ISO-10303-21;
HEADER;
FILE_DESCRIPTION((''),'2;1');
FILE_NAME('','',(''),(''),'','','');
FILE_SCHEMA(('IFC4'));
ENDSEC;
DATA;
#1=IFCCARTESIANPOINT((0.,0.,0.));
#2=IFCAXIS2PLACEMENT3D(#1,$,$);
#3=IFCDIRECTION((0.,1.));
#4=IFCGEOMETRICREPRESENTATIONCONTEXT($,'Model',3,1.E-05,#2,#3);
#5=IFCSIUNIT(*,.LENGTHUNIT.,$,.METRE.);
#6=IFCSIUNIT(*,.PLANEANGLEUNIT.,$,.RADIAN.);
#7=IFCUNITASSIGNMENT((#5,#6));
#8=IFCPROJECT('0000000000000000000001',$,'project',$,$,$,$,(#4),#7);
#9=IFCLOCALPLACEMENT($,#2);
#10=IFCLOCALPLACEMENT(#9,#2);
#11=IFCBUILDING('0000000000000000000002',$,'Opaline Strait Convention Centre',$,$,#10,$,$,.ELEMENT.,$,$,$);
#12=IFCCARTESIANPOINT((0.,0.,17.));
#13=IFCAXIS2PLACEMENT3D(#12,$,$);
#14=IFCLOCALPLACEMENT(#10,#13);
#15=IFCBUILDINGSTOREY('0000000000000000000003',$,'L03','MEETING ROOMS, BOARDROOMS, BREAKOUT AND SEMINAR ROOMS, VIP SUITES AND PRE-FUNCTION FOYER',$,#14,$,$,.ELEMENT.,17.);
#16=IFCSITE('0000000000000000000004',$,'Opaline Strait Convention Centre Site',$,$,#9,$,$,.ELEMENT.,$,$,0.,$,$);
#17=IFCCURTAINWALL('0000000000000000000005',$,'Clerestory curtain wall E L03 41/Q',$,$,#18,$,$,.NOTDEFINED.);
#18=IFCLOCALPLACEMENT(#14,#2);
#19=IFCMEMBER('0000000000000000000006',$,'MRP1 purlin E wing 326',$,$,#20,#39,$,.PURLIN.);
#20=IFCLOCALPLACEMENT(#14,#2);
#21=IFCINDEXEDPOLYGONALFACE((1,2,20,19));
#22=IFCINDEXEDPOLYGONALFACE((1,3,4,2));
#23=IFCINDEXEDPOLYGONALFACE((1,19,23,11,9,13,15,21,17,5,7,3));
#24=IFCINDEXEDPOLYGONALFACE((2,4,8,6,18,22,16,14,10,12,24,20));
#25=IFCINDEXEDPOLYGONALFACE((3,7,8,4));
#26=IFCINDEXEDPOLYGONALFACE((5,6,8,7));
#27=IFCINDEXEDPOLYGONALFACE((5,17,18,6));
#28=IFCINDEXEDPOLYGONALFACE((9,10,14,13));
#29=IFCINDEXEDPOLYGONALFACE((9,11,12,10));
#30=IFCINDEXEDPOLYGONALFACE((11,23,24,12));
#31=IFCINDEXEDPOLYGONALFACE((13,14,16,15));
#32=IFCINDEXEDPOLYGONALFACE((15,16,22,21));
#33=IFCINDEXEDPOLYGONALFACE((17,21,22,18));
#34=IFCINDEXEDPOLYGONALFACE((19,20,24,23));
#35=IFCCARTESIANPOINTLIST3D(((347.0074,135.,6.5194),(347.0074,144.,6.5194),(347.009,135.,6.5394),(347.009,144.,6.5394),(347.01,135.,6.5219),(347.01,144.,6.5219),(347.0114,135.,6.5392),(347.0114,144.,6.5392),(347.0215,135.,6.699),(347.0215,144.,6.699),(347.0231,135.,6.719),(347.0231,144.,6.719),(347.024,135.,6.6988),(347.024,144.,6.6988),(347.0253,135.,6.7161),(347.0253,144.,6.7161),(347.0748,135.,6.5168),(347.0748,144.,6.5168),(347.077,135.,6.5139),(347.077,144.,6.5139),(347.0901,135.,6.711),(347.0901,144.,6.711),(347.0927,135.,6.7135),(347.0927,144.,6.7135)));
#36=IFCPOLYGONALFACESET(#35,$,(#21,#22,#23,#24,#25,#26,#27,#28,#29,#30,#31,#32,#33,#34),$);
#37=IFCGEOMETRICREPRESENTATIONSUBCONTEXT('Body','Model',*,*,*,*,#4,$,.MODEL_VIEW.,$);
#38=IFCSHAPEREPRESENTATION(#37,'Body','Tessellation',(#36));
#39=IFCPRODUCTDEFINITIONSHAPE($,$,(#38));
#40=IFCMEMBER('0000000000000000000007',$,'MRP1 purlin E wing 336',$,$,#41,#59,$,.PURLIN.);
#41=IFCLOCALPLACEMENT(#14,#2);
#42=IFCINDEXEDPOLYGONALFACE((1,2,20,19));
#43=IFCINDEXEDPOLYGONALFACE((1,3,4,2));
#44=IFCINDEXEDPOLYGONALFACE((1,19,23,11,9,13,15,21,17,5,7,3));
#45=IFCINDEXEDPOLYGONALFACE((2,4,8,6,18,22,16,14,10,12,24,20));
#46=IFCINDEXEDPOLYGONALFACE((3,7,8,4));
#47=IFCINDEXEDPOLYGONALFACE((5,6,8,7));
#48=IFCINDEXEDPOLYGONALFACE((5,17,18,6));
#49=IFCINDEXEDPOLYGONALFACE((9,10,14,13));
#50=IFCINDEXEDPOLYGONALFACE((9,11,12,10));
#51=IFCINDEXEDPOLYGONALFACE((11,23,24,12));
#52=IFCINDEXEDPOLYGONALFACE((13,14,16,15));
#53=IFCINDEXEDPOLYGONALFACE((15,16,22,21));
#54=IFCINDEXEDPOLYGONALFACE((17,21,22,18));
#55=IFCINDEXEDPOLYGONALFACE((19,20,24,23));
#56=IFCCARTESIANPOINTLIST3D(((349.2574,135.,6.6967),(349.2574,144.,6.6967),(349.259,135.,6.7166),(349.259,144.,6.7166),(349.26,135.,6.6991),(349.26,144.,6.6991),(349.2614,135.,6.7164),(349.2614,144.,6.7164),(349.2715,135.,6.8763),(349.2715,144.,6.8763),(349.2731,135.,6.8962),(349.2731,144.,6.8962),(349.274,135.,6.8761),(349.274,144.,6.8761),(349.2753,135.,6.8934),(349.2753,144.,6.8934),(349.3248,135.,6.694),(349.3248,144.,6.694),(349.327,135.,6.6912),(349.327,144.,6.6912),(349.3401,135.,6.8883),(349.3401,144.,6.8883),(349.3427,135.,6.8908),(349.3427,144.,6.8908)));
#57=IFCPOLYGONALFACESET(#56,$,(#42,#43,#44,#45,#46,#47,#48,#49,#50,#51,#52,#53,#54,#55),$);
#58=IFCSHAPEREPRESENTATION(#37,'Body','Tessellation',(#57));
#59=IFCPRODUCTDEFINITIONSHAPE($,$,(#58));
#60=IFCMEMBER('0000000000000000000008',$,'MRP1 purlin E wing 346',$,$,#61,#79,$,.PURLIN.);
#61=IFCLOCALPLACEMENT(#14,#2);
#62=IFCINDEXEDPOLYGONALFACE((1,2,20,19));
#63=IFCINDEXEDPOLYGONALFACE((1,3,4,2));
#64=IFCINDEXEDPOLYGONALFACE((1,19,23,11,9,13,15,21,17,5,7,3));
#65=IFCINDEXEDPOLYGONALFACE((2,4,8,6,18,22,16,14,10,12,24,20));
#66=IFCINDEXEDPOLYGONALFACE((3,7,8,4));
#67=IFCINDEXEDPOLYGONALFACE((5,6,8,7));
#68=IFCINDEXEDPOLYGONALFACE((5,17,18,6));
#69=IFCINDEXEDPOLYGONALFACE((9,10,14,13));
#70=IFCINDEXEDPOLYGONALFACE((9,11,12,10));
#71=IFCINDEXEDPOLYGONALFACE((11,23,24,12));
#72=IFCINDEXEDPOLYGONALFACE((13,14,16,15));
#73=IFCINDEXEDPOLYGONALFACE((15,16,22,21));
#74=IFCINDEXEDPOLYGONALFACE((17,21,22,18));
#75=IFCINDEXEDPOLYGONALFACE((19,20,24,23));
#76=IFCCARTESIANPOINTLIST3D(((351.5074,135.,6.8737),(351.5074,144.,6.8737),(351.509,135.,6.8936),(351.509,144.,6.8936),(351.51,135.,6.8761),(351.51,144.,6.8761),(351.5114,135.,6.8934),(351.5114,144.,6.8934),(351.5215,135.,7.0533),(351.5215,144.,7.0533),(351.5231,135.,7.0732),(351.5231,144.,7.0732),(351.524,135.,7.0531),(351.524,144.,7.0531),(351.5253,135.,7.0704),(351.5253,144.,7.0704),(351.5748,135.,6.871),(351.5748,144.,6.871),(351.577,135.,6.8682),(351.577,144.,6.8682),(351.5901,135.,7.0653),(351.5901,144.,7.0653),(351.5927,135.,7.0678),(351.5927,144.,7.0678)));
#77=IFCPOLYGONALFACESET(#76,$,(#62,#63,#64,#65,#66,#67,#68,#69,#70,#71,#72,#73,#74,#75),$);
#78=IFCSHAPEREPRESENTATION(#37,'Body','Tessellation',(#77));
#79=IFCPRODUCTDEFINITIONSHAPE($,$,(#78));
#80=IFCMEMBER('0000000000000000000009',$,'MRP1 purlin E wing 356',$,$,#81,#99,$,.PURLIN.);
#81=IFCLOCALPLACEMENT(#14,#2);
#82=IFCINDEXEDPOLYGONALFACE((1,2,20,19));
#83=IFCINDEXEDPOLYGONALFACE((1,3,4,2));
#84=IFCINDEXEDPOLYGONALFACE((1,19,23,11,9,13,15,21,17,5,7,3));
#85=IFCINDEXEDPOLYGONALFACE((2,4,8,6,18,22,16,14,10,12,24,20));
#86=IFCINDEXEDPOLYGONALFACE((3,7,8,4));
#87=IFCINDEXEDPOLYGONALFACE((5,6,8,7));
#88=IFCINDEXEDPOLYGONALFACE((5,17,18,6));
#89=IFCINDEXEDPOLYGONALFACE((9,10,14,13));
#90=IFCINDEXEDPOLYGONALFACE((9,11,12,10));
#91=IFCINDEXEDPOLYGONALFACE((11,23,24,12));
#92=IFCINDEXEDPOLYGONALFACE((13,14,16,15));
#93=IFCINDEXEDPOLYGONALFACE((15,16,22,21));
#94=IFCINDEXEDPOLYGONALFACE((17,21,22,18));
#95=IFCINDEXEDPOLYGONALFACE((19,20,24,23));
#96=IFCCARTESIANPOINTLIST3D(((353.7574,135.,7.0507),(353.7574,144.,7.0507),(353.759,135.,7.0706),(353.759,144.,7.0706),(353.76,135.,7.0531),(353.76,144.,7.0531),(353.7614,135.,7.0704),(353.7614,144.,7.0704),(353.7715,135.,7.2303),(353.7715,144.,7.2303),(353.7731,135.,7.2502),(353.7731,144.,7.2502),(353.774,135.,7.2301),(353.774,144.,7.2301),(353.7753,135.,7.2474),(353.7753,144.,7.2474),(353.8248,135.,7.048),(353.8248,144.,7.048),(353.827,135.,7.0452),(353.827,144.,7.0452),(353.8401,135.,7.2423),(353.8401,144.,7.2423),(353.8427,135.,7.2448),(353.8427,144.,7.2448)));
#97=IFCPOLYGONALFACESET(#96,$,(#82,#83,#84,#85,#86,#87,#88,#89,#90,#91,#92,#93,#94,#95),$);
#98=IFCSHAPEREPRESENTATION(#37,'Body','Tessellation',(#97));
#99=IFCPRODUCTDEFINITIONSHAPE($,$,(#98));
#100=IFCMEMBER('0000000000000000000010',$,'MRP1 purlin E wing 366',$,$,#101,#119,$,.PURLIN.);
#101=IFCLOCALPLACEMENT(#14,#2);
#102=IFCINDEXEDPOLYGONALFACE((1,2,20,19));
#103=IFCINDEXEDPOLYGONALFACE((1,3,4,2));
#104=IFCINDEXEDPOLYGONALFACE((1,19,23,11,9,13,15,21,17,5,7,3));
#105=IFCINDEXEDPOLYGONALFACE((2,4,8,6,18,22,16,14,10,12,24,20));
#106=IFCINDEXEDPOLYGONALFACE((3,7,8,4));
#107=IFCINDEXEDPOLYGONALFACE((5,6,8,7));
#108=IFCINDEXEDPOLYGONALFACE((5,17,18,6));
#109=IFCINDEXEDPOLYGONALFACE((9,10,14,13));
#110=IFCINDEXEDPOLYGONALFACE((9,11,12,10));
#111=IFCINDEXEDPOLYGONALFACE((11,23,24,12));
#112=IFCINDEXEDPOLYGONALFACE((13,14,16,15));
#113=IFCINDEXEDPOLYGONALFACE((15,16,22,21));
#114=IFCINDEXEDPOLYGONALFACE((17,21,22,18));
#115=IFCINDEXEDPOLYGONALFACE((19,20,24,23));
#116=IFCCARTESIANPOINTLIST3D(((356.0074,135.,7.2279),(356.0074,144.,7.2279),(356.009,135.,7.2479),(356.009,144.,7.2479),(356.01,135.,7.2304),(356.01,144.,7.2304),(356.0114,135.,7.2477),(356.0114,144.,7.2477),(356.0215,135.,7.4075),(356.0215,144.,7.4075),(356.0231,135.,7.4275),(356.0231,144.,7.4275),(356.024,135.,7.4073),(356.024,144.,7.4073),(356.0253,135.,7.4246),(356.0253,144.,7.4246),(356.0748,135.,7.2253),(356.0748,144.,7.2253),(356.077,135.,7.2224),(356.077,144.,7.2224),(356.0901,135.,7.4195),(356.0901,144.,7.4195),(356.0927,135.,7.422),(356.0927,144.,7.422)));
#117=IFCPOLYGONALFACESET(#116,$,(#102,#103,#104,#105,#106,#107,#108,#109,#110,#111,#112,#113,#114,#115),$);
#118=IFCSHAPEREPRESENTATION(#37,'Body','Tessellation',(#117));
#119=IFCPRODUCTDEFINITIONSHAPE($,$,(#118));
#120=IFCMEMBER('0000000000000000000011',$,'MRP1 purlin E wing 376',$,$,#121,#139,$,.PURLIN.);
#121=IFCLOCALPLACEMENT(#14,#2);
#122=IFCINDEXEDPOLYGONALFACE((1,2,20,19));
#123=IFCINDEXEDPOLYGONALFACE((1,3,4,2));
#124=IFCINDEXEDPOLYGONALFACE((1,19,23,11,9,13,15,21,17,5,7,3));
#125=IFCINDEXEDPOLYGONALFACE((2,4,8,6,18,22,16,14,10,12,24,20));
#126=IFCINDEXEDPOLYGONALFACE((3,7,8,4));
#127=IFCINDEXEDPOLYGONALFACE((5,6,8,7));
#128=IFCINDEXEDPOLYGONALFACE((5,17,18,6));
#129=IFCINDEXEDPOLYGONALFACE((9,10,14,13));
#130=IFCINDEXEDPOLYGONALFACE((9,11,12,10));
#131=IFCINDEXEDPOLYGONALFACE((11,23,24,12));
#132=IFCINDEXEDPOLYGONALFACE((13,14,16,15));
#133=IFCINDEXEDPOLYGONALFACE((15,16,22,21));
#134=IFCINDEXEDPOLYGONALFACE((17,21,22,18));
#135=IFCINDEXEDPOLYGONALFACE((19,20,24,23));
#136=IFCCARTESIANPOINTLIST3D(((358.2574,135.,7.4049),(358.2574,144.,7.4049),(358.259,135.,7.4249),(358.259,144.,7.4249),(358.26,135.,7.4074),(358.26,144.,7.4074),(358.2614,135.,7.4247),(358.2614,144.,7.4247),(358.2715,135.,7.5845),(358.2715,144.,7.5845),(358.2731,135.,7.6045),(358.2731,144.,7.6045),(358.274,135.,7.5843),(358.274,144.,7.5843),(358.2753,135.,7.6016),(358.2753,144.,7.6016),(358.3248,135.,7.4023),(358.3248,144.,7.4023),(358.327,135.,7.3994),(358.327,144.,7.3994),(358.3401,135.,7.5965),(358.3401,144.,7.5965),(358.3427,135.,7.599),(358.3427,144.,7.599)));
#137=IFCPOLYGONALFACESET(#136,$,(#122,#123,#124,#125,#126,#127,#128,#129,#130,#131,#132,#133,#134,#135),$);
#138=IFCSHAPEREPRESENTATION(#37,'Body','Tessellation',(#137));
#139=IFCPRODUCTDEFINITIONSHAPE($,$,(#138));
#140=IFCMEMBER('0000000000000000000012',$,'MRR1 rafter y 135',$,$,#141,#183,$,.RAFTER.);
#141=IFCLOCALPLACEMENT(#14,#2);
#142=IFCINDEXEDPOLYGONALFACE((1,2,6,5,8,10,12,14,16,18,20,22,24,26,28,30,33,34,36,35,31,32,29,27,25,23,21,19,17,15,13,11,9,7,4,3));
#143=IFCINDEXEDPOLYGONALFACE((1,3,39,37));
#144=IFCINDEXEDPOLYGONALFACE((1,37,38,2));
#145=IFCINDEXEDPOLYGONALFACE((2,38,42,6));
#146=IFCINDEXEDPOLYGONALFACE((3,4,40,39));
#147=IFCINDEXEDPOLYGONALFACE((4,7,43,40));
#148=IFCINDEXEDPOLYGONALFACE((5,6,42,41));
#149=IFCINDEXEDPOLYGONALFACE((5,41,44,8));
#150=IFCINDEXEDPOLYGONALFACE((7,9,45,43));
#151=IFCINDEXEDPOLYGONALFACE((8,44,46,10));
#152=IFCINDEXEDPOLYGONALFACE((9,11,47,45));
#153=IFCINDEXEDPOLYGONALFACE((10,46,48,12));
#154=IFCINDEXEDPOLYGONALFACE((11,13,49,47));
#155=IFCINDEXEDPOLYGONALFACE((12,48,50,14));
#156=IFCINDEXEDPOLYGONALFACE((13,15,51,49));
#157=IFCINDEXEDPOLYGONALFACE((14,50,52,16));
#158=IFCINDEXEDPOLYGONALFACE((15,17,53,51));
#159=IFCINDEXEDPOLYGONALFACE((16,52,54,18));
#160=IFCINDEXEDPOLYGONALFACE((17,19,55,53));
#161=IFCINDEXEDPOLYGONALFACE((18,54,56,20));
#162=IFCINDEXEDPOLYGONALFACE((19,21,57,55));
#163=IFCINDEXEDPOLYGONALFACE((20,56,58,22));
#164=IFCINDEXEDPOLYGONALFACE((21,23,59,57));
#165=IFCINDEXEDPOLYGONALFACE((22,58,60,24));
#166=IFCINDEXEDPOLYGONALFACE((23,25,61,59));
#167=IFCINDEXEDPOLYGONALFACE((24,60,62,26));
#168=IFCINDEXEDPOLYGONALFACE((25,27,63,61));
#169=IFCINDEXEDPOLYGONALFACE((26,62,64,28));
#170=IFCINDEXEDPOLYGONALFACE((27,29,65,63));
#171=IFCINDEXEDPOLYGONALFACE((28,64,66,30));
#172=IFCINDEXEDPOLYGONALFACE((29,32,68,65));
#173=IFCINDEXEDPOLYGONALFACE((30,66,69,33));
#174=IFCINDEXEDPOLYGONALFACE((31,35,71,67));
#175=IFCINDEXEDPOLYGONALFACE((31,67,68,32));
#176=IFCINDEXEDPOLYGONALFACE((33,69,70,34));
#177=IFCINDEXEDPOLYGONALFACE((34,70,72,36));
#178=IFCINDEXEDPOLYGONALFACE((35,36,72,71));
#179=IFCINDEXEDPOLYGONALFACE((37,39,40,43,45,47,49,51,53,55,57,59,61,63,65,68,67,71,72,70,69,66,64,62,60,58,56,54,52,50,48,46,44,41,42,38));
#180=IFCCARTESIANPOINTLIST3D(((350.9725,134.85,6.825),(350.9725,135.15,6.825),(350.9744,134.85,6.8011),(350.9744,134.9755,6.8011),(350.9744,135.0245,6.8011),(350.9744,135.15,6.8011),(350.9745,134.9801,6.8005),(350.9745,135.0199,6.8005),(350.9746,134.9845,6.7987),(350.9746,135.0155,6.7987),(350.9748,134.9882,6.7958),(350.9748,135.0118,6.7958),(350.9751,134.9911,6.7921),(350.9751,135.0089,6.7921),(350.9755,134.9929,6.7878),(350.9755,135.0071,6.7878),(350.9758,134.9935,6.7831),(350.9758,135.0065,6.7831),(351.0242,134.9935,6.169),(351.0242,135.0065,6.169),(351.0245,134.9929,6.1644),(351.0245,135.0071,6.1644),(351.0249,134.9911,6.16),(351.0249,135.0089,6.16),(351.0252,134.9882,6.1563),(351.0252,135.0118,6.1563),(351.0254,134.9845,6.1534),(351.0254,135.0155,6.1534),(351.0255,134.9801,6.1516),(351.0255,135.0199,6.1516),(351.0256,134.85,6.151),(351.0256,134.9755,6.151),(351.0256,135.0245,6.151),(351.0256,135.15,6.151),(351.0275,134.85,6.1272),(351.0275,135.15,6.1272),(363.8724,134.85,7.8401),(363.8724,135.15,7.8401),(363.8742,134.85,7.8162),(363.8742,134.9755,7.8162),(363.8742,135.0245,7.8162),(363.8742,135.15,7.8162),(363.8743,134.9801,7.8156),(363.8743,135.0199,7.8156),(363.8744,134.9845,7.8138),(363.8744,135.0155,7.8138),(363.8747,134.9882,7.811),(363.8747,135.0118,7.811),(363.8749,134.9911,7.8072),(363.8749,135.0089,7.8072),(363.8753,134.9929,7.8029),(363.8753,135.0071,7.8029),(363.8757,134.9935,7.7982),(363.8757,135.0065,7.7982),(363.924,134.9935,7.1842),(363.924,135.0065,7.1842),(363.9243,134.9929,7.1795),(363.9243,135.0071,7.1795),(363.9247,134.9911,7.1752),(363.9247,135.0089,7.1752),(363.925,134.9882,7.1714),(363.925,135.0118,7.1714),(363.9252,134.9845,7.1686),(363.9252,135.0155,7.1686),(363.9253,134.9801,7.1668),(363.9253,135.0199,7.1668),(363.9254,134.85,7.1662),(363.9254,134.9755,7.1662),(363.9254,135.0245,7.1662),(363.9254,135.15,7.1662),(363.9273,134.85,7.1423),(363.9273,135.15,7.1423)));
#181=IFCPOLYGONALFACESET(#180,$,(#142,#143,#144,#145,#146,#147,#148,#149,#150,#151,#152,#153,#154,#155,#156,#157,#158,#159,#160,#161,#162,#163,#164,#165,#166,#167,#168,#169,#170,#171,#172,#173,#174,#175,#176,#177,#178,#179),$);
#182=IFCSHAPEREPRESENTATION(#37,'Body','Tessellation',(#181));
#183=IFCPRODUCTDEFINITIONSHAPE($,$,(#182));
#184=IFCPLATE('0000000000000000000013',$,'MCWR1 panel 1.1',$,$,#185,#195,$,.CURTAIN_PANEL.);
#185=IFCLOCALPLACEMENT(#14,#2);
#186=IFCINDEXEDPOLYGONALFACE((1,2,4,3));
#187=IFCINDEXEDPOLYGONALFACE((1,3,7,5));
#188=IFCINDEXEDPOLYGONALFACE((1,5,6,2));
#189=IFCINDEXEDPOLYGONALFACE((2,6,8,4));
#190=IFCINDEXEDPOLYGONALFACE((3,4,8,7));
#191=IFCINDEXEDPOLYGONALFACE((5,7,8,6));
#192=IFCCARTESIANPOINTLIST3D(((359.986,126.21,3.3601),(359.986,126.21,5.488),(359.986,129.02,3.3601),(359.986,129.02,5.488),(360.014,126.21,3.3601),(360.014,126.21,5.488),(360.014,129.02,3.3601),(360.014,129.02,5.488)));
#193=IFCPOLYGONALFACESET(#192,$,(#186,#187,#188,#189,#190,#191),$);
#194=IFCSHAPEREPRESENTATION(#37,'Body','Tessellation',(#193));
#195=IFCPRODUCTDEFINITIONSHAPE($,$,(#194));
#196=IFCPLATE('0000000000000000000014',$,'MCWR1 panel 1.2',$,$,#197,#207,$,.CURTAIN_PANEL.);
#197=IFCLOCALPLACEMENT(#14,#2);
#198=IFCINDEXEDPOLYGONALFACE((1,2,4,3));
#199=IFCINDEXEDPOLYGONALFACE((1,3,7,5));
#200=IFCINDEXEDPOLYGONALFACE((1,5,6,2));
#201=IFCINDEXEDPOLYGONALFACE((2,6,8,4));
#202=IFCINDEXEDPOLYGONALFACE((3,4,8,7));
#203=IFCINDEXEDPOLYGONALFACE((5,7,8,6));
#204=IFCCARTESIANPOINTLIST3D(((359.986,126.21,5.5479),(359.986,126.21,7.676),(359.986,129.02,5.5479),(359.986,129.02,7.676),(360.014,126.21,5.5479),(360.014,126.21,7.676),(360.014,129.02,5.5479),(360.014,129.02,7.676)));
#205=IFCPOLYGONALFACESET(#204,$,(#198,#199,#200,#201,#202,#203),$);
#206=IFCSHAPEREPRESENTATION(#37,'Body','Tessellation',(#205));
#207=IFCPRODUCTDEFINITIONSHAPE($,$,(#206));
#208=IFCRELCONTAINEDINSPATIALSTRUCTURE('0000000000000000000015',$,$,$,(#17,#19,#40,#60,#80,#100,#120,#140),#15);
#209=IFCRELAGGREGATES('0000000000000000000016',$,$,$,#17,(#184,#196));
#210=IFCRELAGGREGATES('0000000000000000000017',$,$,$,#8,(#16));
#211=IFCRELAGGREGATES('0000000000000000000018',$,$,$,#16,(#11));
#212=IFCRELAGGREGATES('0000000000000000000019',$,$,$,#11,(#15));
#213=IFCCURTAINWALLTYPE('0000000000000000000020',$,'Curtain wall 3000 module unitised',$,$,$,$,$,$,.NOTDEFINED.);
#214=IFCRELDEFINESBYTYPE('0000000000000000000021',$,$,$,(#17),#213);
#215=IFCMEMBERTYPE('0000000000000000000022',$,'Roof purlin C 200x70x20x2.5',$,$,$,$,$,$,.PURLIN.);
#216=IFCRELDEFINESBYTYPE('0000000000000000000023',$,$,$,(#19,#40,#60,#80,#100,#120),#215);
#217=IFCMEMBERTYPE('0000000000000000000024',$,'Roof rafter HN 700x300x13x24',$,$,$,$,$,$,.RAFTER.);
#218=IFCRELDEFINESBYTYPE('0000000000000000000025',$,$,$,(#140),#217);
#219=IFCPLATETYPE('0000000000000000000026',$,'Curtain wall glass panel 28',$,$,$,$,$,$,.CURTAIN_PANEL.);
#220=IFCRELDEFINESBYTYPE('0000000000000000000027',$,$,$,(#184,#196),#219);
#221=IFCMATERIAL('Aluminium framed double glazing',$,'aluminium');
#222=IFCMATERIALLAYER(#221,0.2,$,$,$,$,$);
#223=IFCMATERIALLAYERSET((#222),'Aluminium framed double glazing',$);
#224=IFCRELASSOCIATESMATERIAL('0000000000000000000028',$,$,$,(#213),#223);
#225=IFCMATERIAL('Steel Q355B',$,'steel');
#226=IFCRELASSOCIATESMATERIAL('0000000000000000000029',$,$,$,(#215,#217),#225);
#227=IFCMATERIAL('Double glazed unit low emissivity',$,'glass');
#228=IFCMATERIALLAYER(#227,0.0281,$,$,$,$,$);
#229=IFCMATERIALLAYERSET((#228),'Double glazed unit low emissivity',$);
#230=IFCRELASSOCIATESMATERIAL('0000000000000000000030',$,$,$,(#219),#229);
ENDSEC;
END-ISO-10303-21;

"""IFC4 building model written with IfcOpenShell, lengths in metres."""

from ifc_helpers import new_model, si_unit, direction, frame, origin, origin_2d, place, context, subcontext, project, spatial, polyline, rectangle, i_section, outline, extrude, material, layer, layer_set, material_profile, profile_set, type_object, element, aggregate, save


model = new_model("IFC4")

# Units and contexts
model_context = context("Model", 3, precision=1e-05, world=origin(), true_north=direction((0.0, 1.0)))
body_context = subcontext(model_context, "Body", "Model", "MODEL_VIEW")
ifc_project = project(units=[si_unit("LENGTHUNIT", "METRE"), si_unit("PLANEANGLEUNIT", "RADIAN")], contexts=[model_context])

# Site, building, storey
site_placement = place(None, origin())
site = spatial("IfcSite", under=ifc_project, at=site_placement, Name="Opaline Strait Convention Centre Site", CompositionType="ELEMENT", RefElevation=0.0)
building_placement = place(site_placement, origin())
building = spatial("IfcBuilding", under=site, at=building_placement, Name="Opaline Strait Convention Centre", CompositionType="ELEMENT")
storey_placement = place(building_placement, frame((0.0, 0.0, 17.0)))
storey = spatial("IfcBuildingStorey", under=building, at=storey_placement, Name="L03", Description="MEETING ROOMS, BOARDROOMS, BREAKOUT AND SEMINAR ROOMS, VIP SUITES AND PRE-FUNCTION FOYER", CompositionType="ELEMENT", Elevation=17.0)

# Shared definitions
ifc_material_1 = material(Name="Steel Q355B", Category="steel")

# Curtain wall
ifc_material_2 = material(Name="Aluminium framed double glazing", Category="aluminium")
ifc_layer_1 = layer(ifc_material_2, 0.2)
ifc_layer_set_1 = layer_set([ifc_layer_1], Name="Aluminium framed double glazing")
curtain_wall_type = type_object("IfcCurtainWallType", Name="Curtain wall 3000 module unitised", PredefinedType="NOTDEFINED", material=ifc_layer_set_1)
curtain_wall_placement = place(storey_placement, origin())
curtain_wall = element("IfcCurtainWall", 1, at=curtain_wall_placement, inside=storey, type_object=curtain_wall_type, Name="Clerestory curtain wall E L03 41/Q", PredefinedType="NOTDEFINED")

# Members
ifc_material_profile_1 = material_profile(ifc_material_1, outline(polyline([(-0.0349, -0.1001), (0.0349, -0.1001), (0.0349, -0.0801), (0.0325, -0.0801), (0.0325, -0.0974), (-0.0325, -0.0974), (-0.0325, 0.0974), (0.0325, 0.0974), (0.0325, 0.0801), (0.0349, 0.0801), (0.0349, 0.1001), (-0.0349, 0.1001), (-0.0349, -0.1001)])), Name="C 200x70x20x2.5")
ifc_profile_set_1 = profile_set([ifc_material_profile_1], Name="Steel Q355B")
member_type_1 = type_object("IfcMemberType", Name="Roof purlin C 200x70x20x2.5", PredefinedType="PURLIN", material=ifc_profile_set_1)
for number, where, z_axis, x_axis, name in (
    (2, (347.05, 135.0, 6.6165), (0.0, 1.0, 0.0), (-0.996917, 0.0, 0.078459), "MRP1 purlin E wing 326"),
    (3, (349.3, 135.0, 6.7937), (0.0, 1.0, 0.0), (-0.996917, 0.0, 0.078459), "MRP1 purlin E wing 336"),
    (4, (351.55, 135.0, 6.9707), (0.0, 1.0, 0.0), (-0.996917, 0.0, 0.078459), "MRP1 purlin E wing 346"),
    (5, (353.8, 135.0, 7.1477), (0.0, 1.0, 0.0), (-0.996917, 0.0, 0.078459), "MRP1 purlin E wing 356"),
    (6, (356.05, 135.0, 7.325), (0.0, 1.0, 0.0), (-0.996917, 0.0, 0.078459), "MRP1 purlin E wing 366"),
    (7, (358.3, 135.0, 7.502), (0.0, 1.0, 0.0), (-0.996917, 0.0, 0.078459), "MRP1 purlin E wing 376"),
):
    element("IfcMember", number, at=place(storey_placement, frame(where, z_axis=z_axis, x_axis=x_axis)), inside=storey, type_object=member_type_1, Name=name, PredefinedType="PURLIN", context=body_context, shape_type="SweptSolid", body=[
        extrude(outline(polyline([(-0.0349, -0.1001), (0.0349, -0.1001), (0.0349, -0.0801), (0.0325, -0.0801), (0.0325, -0.0974), (-0.0325, -0.0974), (-0.0325, 0.0974), (0.0325, 0.0974), (0.0325, 0.0801), (0.0349, 0.0801), (0.0349, 0.1001), (-0.0349, 0.1001), (-0.0349, -0.1001)])), origin(), (0.0, 0.0, 1.0), 9.0),
    ])
ifc_material_profile_2 = material_profile(ifc_material_1, i_section(OverallWidth=0.3, OverallDepth=0.7, WebThickness=0.0129, FlangeThickness=0.0239, FilletRadius=0.0181, at=origin_2d()), Name="HN 700x300x13x24")
ifc_profile_set_2 = profile_set([ifc_material_profile_2], Name="Steel Q355B")
member_type_2 = type_object("IfcMemberType", Name="Roof rafter HN 700x300x13x24", PredefinedType="RAFTER", material=ifc_profile_set_2)
member_1_placement = place(storey_placement, frame((351.0, 135.0, 6.4761), z_axis=(0.996918, 0.0, 0.078451), x_axis=(0.0, 1.0, 0.0)))
element("IfcMember", 8, at=member_1_placement, inside=storey, type_object=member_type_2, Name="MRR1 rafter y 135", PredefinedType="RAFTER", context=body_context, shape_type="SweptSolid", body=[
    extrude(i_section(OverallWidth=0.3, OverallDepth=0.7, WebThickness=0.0129, FlangeThickness=0.0239, FilletRadius=0.0181, at=origin_2d()), origin(), (0.0, 0.0, 1.0), 12.9397),
])

# Plates
ifc_material_3 = material(Name="Double glazed unit low emissivity", Category="glass")
ifc_layer_2 = layer(ifc_material_3, 0.0281)
ifc_layer_set_2 = layer_set([ifc_layer_2], Name="Double glazed unit low emissivity")
plate_type = type_object("IfcPlateType", Name="Curtain wall glass panel 28", PredefinedType="CURTAIN_PANEL", material=ifc_layer_set_2)
plate_1_placement = place(storey_placement, frame((360.0, 127.615, 3.3601), z_axis=(0.0, 0.0, 1.0), x_axis=(0.0, 1.0, 0.0)))
plate_1 = element("IfcPlate", 9, at=plate_1_placement, type_object=plate_type, Name="MCWR1 panel 1.1", PredefinedType="CURTAIN_PANEL", context=body_context, shape_type="SweptSolid", body=[
    extrude(rectangle(XDim=2.8101, YDim=0.0281, at=origin_2d()), origin(), (0.0, 0.0, 1.0), 2.1279),
])
plate_2_placement = place(storey_placement, frame((360.0, 127.615, 5.5479), z_axis=(0.0, 0.0, 1.0), x_axis=(0.0, 1.0, 0.0)))
plate_2 = element("IfcPlate", 10, at=plate_2_placement, type_object=plate_type, Name="MCWR1 panel 1.2", PredefinedType="CURTAIN_PANEL", context=body_context, shape_type="SweptSolid", body=[
    extrude(rectangle(XDim=2.8101, YDim=0.0281, at=origin_2d()), origin(), (0.0, 0.0, 1.0), 2.1282),
])
aggregate(curtain_wall, [plate_1, plate_2])

save(model, "model.ifc")
